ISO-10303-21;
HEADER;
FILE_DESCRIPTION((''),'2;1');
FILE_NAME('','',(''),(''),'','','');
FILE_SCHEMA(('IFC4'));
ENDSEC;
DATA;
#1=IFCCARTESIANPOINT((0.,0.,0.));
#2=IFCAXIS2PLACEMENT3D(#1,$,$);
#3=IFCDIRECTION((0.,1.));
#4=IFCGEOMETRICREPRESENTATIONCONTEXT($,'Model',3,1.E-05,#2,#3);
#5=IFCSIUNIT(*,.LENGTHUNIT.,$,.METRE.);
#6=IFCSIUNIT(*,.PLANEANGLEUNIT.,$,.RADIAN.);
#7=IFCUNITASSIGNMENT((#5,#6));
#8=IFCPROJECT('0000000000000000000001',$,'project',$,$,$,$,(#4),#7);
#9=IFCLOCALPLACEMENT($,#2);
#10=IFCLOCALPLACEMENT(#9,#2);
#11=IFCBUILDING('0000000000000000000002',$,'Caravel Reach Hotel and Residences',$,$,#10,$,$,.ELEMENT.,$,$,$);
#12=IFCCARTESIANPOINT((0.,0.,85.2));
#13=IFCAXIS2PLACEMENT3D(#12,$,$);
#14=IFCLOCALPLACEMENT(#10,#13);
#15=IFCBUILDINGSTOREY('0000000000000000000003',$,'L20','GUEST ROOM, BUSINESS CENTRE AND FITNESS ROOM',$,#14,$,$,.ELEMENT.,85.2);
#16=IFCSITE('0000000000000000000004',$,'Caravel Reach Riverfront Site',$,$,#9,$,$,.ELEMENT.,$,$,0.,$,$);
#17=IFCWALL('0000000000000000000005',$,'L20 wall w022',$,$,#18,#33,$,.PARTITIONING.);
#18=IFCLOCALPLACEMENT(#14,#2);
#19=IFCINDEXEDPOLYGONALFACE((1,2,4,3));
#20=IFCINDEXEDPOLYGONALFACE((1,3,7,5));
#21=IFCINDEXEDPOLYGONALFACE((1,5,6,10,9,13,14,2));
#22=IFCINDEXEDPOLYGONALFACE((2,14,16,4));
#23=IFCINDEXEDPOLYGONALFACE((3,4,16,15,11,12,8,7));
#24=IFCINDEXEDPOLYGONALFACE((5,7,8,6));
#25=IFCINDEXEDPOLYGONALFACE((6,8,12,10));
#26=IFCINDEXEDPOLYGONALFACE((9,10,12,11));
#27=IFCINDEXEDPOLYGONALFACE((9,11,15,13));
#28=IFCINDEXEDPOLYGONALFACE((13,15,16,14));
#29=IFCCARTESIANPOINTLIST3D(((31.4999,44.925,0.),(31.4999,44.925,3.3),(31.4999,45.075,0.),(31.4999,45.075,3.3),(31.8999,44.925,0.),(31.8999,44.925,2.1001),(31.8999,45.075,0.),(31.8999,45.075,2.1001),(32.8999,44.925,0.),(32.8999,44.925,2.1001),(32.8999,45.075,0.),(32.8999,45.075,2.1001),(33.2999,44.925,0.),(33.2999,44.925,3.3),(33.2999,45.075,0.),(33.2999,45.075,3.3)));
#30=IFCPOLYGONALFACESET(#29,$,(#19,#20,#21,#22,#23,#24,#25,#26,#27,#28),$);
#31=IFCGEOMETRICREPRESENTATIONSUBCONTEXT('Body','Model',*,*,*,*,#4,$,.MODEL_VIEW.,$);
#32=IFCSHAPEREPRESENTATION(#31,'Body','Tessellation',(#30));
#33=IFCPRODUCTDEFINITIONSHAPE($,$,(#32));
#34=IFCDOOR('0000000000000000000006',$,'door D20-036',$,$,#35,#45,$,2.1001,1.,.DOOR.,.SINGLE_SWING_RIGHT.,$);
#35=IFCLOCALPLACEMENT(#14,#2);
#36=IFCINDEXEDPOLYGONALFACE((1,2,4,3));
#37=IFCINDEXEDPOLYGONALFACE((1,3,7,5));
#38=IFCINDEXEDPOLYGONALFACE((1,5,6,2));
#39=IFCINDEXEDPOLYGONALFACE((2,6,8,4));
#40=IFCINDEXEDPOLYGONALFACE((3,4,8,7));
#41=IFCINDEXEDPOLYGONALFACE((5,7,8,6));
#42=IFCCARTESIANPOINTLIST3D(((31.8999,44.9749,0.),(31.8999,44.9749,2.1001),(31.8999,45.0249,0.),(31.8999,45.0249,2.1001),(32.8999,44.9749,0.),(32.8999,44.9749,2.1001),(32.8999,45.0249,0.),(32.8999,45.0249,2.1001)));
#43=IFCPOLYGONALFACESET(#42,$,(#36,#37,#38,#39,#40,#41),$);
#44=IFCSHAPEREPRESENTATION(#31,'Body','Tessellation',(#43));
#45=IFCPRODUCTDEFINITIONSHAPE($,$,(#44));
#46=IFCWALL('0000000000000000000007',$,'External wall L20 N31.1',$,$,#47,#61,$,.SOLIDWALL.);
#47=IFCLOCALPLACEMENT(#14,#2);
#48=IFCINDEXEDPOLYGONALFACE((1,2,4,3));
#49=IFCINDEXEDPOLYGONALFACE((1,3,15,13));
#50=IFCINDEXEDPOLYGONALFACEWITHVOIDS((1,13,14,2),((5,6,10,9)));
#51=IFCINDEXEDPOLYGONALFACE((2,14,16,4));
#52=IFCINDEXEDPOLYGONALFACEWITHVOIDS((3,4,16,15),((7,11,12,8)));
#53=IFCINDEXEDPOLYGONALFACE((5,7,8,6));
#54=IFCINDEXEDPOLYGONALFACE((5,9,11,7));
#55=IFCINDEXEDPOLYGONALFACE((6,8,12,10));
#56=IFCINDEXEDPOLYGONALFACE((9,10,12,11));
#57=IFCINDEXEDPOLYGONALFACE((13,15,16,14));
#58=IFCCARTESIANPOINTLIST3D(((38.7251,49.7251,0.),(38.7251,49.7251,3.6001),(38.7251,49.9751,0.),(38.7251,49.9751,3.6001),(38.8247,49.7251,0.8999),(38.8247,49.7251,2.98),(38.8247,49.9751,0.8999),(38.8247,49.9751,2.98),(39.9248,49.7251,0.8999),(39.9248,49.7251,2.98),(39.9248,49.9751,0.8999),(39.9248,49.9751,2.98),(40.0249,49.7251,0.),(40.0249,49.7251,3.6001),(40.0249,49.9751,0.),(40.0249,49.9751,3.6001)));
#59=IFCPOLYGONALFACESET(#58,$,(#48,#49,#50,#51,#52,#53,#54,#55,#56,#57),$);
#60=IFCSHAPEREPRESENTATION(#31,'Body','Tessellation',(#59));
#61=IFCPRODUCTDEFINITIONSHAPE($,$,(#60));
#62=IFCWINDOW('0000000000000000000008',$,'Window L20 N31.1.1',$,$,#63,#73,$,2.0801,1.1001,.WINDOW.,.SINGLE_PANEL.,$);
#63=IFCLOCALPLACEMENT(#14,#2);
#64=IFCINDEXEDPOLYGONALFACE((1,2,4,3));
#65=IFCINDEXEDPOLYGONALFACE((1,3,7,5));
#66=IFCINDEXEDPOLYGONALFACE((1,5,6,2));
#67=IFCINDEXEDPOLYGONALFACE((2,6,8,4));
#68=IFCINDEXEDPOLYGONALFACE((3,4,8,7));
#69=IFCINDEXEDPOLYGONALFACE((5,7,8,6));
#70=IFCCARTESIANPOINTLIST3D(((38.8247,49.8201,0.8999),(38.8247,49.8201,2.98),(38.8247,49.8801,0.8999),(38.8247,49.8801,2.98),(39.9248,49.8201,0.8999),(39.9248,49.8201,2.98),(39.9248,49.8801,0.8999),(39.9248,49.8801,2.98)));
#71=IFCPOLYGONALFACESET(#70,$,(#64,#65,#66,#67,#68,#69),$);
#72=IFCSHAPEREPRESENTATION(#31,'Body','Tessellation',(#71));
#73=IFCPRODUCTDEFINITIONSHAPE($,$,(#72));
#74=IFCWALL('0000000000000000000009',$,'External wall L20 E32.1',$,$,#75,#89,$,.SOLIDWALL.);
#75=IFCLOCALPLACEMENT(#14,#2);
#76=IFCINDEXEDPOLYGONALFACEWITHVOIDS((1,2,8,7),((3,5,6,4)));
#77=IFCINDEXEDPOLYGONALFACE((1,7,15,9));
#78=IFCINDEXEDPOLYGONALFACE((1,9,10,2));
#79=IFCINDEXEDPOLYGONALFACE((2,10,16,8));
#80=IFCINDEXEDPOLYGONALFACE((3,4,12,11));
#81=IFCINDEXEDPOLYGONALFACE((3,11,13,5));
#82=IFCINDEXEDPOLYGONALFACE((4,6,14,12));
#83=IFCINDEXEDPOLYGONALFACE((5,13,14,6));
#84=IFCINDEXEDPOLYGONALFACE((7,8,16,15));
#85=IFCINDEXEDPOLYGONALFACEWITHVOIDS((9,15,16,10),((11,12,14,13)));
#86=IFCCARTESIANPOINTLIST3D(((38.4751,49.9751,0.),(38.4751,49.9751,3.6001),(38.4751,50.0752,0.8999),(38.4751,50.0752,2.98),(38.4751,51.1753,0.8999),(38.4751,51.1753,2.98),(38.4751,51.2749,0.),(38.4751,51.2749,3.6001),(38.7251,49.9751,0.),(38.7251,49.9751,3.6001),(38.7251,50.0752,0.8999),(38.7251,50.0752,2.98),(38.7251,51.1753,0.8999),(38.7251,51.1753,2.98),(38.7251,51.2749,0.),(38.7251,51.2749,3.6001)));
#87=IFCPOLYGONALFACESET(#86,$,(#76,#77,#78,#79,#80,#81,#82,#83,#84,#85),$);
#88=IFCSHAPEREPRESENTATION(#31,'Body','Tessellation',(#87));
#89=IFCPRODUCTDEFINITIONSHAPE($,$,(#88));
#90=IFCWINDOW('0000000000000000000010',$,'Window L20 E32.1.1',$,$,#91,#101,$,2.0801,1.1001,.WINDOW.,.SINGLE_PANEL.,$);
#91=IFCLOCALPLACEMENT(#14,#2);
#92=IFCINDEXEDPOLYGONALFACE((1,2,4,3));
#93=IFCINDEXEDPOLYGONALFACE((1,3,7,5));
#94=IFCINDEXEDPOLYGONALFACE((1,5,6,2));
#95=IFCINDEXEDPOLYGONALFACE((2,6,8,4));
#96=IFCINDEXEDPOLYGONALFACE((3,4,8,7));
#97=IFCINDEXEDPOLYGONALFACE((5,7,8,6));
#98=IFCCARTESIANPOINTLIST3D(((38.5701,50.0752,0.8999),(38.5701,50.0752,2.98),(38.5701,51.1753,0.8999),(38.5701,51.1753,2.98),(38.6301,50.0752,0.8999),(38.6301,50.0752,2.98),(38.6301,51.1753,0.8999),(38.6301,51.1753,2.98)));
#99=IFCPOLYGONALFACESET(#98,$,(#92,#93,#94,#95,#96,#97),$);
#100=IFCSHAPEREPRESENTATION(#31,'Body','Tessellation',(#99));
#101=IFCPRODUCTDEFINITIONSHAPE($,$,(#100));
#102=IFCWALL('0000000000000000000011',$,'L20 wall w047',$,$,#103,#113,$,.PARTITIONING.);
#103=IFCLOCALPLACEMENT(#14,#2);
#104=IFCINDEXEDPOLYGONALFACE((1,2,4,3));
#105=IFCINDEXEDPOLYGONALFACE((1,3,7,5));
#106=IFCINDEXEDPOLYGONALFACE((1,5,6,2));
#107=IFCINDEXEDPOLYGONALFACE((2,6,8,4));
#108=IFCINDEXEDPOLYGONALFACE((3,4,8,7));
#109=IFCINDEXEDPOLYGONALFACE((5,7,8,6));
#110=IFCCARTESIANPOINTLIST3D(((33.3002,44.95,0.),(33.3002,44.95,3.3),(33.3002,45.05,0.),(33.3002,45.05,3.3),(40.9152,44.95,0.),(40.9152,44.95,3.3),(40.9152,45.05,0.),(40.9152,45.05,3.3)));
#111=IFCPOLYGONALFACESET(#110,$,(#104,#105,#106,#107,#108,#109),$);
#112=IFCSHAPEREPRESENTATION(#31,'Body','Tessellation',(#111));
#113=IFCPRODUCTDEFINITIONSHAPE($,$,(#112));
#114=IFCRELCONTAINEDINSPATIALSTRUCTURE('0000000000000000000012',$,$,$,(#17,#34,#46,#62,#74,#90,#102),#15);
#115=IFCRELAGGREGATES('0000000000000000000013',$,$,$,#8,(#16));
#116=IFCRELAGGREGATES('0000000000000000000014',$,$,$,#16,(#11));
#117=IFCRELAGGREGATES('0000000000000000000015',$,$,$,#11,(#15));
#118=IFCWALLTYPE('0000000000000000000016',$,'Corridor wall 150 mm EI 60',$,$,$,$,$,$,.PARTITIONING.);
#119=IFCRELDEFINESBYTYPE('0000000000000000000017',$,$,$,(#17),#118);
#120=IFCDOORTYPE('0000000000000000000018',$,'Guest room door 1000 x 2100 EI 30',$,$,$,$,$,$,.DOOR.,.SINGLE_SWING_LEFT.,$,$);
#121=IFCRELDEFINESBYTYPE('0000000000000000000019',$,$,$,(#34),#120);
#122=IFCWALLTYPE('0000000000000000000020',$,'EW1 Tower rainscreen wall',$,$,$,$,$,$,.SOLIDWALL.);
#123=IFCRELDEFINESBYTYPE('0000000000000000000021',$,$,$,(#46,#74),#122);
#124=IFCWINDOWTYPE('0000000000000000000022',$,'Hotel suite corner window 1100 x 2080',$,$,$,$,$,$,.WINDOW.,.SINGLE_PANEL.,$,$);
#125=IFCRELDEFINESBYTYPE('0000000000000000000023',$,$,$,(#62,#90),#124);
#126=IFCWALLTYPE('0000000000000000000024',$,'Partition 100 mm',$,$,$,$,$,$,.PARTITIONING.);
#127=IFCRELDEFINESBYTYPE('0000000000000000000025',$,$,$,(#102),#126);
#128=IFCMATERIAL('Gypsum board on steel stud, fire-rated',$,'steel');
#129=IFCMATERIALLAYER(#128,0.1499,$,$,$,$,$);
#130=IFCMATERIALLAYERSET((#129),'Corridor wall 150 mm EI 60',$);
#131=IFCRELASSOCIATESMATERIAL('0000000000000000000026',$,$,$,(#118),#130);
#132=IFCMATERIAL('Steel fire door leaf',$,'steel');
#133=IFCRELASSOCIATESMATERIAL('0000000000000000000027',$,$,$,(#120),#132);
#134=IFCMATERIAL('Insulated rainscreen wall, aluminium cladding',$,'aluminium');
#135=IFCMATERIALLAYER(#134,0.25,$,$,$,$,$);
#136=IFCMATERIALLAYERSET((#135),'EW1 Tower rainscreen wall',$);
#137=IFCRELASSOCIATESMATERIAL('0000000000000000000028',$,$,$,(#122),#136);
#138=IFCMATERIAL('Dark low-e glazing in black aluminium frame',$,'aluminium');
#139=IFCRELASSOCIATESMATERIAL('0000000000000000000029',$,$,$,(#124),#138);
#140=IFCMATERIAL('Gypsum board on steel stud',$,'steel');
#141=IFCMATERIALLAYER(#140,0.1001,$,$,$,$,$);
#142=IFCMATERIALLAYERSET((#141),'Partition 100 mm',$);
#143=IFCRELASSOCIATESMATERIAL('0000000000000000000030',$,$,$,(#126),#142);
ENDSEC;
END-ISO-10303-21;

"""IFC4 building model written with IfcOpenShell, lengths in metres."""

from ifc_helpers import new_model, si_unit, direction, frame, frame_2d, origin, place, context, subcontext, project, spatial, rectangle, extrude, material, layer, layer_set, type_object, element, fill, save


model = new_model("IFC4")

# Units and contexts
model_context = context("Model", 3, precision=1e-05, world=origin(), true_north=direction((0.0, 1.0)))
body_context = subcontext(model_context, "Body", "Model", "MODEL_VIEW")
ifc_project = project(units=[si_unit("LENGTHUNIT", "METRE"), si_unit("PLANEANGLEUNIT", "RADIAN")], contexts=[model_context])

# Site, building, storey
site_placement = place(None, origin())
site = spatial("IfcSite", under=ifc_project, at=site_placement, Name="Caravel Reach Riverfront Site", CompositionType="ELEMENT", RefElevation=0.0)
building_placement = place(site_placement, origin())
building = spatial("IfcBuilding", under=site, at=building_placement, Name="Caravel Reach Hotel and Residences", CompositionType="ELEMENT")
storey_placement = place(building_placement, frame((0.0, 0.0, 85.2)))
storey = spatial("IfcBuildingStorey", under=building, at=storey_placement, Name="L20", Description="GUEST ROOM, BUSINESS CENTRE AND FITNESS ROOM", CompositionType="ELEMENT", Elevation=85.2)

# Wall, opening, door
ifc_material_1 = material(Name="Gypsum board on steel stud, fire-rated", Category="steel")
ifc_layer_1 = layer(ifc_material_1, 0.1499)
ifc_layer_set_1 = layer_set([ifc_layer_1], Name="Corridor wall 150 mm EI 60")
wall_type_1 = type_object("IfcWallType", Name="Corridor wall 150 mm EI 60", PredefinedType="PARTITIONING", material=ifc_layer_set_1)
wall_1_placement = place(storey_placement, frame((31.5, 45.0, 0.0), z_axis=(0.0, 0.0, 1.0), x_axis=(1.0, 0.0, 0.0)))
wall_1 = element("IfcWall", 1, at=wall_1_placement, inside=storey, type_object=wall_type_1, Name="L20 wall w022", PredefinedType="PARTITIONING", context=body_context, shape_type="SweptSolid", body=[
    extrude(rectangle(XDim=1.8, YDim=0.1499, at=frame_2d((0.8999, 0.0))), origin(), (0.0, 0.0, 1.0), 3.3),
])
opening_1_placement = place(wall_1_placement, frame((0.3999, 0.0, 0.0)))
opening_1 = element("IfcOpeningElement", 2, at=opening_1_placement, cuts=wall_1, PredefinedType="OPENING", context=body_context, shape_type="SweptSolid", body=[
    extrude(rectangle(XDim=1.0, YDim=2.1001, at=frame_2d((0.5, 1.05))), frame((0.0, 0.085, 0.0), z_axis=(0.0, -1.0, 0.0), x_axis=(1.0, 0.0, 0.0)), (0.0, 0.0, 1.0), 0.1699),
])
ifc_material_2 = material(Name="Steel fire door leaf", Category="steel")
door_type = type_object("IfcDoorType", Name="Guest room door 1000 x 2100 EI 30", OperationType="SINGLE_SWING_LEFT", PredefinedType="DOOR", material=ifc_material_2)
door_placement = place(opening_1_placement, origin())
door = element("IfcDoor", 3, at=door_placement, inside=storey, type_object=door_type, Name="door D20-036", OperationType="SINGLE_SWING_RIGHT", OverallHeight=2.1001, OverallWidth=1.0, PredefinedType="DOOR", context=body_context, shape_type="SweptSolid", body=[
    extrude(rectangle(XDim=1.0, YDim=2.1001, at=frame_2d((0.5, 1.05))), frame((0.0, 0.0249, 0.0), z_axis=(0.0, -1.0, 0.0), x_axis=(1.0, 0.0, 0.0)), (0.0, 0.0, 1.0), 0.05),
])
fill(opening_1, door)

# Walls, openings, windows
ifc_material_3 = material(Name="Insulated rainscreen wall, aluminium cladding", Category="aluminium")
ifc_layer_2 = layer(ifc_material_3, 0.25)
ifc_layer_set_2 = layer_set([ifc_layer_2], Name="EW1 Tower rainscreen wall")
wall_type_2 = type_object("IfcWallType", Name="EW1 Tower rainscreen wall", PredefinedType="SOLIDWALL", material=ifc_layer_set_2)
wall_2_placement = place(storey_placement, frame((40.0249, 49.8501, 0.0), z_axis=(0.0, 0.0, 1.0), x_axis=(-1.0, 0.0, 0.0)))
wall_2 = element("IfcWall", 4, at=wall_2_placement, inside=storey, type_object=wall_type_2, Name="External wall L20 N31.1", PredefinedType="SOLIDWALL", context=body_context, shape_type="SweptSolid", body=[
    extrude(rectangle(XDim=1.2998, YDim=0.25, at=frame_2d((0.6499, 0.0))), origin(), (0.0, 0.0, 1.0), 3.6001),
])
opening_2_placement = place(wall_2_placement, frame((0.1001, 0.0, 0.8999)))
opening_2 = element("IfcOpeningElement", 5, at=opening_2_placement, cuts=wall_2, PredefinedType="OPENING", context=body_context, shape_type="SweptSolid", body=[
    extrude(rectangle(XDim=1.1001, YDim=2.0801, at=frame_2d((0.55, 1.04))), frame((0.0, 0.135, 0.0), z_axis=(0.0, -1.0, 0.0), x_axis=(1.0, 0.0, 0.0)), (0.0, 0.0, 1.0), 0.27),
])
ifc_material_4 = material(Name="Dark low-e glazing in black aluminium frame", Category="aluminium")
window_type = type_object("IfcWindowType", Name="Hotel suite corner window 1100 x 2080", PartitioningType="SINGLE_PANEL", PredefinedType="WINDOW", material=ifc_material_4)
window_1_placement = place(opening_2_placement, origin())
window_1 = element("IfcWindow", 6, at=window_1_placement, inside=storey, type_object=window_type, Name="Window L20 N31.1.1", OverallHeight=2.0801, OverallWidth=1.1001, PartitioningType="SINGLE_PANEL", PredefinedType="WINDOW", context=body_context, shape_type="SweptSolid", body=[
    extrude(rectangle(XDim=1.1001, YDim=2.0801, at=frame_2d((0.55, 1.04))), frame((0.0, 0.03, 0.0), z_axis=(0.0, -1.0, 0.0), x_axis=(1.0, 0.0, 0.0)), (0.0, 0.0, 1.0), 0.0601),
])
fill(opening_2, window_1)
wall_3_placement = place(storey_placement, frame((38.6001, 49.9751, 0.0), z_axis=(0.0, 0.0, 1.0), x_axis=(0.0, 1.0, 0.0)))
wall_3 = element("IfcWall", 7, at=wall_3_placement, inside=storey, type_object=wall_type_2, Name="External wall L20 E32.1", PredefinedType="SOLIDWALL", context=body_context, shape_type="SweptSolid", body=[
    extrude(rectangle(XDim=1.2998, YDim=0.25, at=frame_2d((0.6499, 0.0))), origin(), (0.0, 0.0, 1.0), 3.6001),
])
opening_3_placement = place(wall_3_placement, frame((0.1001, 0.0, 0.8999)))
opening_3 = element("IfcOpeningElement", 8, at=opening_3_placement, cuts=wall_3, PredefinedType="OPENING", context=body_context, shape_type="SweptSolid", body=[
    extrude(rectangle(XDim=1.1001, YDim=2.0801, at=frame_2d((0.55, 1.04))), frame((0.0, 0.135, 0.0), z_axis=(0.0, -1.0, 0.0), x_axis=(1.0, 0.0, 0.0)), (0.0, 0.0, 1.0), 0.27),
])
window_2_placement = place(opening_3_placement, origin())
window_2 = element("IfcWindow", 9, at=window_2_placement, inside=storey, type_object=window_type, Name="Window L20 E32.1.1", OverallHeight=2.0801, OverallWidth=1.1001, PartitioningType="SINGLE_PANEL", PredefinedType="WINDOW", context=body_context, shape_type="SweptSolid", body=[
    extrude(rectangle(XDim=1.1001, YDim=2.0801, at=frame_2d((0.55, 1.04))), frame((0.0, 0.03, 0.0), z_axis=(0.0, -1.0, 0.0), x_axis=(1.0, 0.0, 0.0)), (0.0, 0.0, 1.0), 0.0601),
])
fill(opening_3, window_2)

# Wall
ifc_material_5 = material(Name="Gypsum board on steel stud", Category="steel")
ifc_layer_3 = layer(ifc_material_5, 0.1001)
ifc_layer_set_3 = layer_set([ifc_layer_3], Name="Partition 100 mm")
wall_type_3 = type_object("IfcWallType", Name="Partition 100 mm", PredefinedType="PARTITIONING", material=ifc_layer_set_3)
wall_4_placement = place(storey_placement, frame((33.3, 45.0, 0.0), z_axis=(0.0, 0.0, 1.0), x_axis=(1.0, 0.0, 0.0)))
element("IfcWall", 10, at=wall_4_placement, inside=storey, type_object=wall_type_3, Name="L20 wall w047", PredefinedType="PARTITIONING", context=body_context, shape_type="SweptSolid", body=[
    extrude(rectangle(XDim=7.615, YDim=0.1001, at=frame_2d((3.8076, 0.0))), origin(), (0.0, 0.0, 1.0), 3.3),
])

save(model, "model.ifc")
